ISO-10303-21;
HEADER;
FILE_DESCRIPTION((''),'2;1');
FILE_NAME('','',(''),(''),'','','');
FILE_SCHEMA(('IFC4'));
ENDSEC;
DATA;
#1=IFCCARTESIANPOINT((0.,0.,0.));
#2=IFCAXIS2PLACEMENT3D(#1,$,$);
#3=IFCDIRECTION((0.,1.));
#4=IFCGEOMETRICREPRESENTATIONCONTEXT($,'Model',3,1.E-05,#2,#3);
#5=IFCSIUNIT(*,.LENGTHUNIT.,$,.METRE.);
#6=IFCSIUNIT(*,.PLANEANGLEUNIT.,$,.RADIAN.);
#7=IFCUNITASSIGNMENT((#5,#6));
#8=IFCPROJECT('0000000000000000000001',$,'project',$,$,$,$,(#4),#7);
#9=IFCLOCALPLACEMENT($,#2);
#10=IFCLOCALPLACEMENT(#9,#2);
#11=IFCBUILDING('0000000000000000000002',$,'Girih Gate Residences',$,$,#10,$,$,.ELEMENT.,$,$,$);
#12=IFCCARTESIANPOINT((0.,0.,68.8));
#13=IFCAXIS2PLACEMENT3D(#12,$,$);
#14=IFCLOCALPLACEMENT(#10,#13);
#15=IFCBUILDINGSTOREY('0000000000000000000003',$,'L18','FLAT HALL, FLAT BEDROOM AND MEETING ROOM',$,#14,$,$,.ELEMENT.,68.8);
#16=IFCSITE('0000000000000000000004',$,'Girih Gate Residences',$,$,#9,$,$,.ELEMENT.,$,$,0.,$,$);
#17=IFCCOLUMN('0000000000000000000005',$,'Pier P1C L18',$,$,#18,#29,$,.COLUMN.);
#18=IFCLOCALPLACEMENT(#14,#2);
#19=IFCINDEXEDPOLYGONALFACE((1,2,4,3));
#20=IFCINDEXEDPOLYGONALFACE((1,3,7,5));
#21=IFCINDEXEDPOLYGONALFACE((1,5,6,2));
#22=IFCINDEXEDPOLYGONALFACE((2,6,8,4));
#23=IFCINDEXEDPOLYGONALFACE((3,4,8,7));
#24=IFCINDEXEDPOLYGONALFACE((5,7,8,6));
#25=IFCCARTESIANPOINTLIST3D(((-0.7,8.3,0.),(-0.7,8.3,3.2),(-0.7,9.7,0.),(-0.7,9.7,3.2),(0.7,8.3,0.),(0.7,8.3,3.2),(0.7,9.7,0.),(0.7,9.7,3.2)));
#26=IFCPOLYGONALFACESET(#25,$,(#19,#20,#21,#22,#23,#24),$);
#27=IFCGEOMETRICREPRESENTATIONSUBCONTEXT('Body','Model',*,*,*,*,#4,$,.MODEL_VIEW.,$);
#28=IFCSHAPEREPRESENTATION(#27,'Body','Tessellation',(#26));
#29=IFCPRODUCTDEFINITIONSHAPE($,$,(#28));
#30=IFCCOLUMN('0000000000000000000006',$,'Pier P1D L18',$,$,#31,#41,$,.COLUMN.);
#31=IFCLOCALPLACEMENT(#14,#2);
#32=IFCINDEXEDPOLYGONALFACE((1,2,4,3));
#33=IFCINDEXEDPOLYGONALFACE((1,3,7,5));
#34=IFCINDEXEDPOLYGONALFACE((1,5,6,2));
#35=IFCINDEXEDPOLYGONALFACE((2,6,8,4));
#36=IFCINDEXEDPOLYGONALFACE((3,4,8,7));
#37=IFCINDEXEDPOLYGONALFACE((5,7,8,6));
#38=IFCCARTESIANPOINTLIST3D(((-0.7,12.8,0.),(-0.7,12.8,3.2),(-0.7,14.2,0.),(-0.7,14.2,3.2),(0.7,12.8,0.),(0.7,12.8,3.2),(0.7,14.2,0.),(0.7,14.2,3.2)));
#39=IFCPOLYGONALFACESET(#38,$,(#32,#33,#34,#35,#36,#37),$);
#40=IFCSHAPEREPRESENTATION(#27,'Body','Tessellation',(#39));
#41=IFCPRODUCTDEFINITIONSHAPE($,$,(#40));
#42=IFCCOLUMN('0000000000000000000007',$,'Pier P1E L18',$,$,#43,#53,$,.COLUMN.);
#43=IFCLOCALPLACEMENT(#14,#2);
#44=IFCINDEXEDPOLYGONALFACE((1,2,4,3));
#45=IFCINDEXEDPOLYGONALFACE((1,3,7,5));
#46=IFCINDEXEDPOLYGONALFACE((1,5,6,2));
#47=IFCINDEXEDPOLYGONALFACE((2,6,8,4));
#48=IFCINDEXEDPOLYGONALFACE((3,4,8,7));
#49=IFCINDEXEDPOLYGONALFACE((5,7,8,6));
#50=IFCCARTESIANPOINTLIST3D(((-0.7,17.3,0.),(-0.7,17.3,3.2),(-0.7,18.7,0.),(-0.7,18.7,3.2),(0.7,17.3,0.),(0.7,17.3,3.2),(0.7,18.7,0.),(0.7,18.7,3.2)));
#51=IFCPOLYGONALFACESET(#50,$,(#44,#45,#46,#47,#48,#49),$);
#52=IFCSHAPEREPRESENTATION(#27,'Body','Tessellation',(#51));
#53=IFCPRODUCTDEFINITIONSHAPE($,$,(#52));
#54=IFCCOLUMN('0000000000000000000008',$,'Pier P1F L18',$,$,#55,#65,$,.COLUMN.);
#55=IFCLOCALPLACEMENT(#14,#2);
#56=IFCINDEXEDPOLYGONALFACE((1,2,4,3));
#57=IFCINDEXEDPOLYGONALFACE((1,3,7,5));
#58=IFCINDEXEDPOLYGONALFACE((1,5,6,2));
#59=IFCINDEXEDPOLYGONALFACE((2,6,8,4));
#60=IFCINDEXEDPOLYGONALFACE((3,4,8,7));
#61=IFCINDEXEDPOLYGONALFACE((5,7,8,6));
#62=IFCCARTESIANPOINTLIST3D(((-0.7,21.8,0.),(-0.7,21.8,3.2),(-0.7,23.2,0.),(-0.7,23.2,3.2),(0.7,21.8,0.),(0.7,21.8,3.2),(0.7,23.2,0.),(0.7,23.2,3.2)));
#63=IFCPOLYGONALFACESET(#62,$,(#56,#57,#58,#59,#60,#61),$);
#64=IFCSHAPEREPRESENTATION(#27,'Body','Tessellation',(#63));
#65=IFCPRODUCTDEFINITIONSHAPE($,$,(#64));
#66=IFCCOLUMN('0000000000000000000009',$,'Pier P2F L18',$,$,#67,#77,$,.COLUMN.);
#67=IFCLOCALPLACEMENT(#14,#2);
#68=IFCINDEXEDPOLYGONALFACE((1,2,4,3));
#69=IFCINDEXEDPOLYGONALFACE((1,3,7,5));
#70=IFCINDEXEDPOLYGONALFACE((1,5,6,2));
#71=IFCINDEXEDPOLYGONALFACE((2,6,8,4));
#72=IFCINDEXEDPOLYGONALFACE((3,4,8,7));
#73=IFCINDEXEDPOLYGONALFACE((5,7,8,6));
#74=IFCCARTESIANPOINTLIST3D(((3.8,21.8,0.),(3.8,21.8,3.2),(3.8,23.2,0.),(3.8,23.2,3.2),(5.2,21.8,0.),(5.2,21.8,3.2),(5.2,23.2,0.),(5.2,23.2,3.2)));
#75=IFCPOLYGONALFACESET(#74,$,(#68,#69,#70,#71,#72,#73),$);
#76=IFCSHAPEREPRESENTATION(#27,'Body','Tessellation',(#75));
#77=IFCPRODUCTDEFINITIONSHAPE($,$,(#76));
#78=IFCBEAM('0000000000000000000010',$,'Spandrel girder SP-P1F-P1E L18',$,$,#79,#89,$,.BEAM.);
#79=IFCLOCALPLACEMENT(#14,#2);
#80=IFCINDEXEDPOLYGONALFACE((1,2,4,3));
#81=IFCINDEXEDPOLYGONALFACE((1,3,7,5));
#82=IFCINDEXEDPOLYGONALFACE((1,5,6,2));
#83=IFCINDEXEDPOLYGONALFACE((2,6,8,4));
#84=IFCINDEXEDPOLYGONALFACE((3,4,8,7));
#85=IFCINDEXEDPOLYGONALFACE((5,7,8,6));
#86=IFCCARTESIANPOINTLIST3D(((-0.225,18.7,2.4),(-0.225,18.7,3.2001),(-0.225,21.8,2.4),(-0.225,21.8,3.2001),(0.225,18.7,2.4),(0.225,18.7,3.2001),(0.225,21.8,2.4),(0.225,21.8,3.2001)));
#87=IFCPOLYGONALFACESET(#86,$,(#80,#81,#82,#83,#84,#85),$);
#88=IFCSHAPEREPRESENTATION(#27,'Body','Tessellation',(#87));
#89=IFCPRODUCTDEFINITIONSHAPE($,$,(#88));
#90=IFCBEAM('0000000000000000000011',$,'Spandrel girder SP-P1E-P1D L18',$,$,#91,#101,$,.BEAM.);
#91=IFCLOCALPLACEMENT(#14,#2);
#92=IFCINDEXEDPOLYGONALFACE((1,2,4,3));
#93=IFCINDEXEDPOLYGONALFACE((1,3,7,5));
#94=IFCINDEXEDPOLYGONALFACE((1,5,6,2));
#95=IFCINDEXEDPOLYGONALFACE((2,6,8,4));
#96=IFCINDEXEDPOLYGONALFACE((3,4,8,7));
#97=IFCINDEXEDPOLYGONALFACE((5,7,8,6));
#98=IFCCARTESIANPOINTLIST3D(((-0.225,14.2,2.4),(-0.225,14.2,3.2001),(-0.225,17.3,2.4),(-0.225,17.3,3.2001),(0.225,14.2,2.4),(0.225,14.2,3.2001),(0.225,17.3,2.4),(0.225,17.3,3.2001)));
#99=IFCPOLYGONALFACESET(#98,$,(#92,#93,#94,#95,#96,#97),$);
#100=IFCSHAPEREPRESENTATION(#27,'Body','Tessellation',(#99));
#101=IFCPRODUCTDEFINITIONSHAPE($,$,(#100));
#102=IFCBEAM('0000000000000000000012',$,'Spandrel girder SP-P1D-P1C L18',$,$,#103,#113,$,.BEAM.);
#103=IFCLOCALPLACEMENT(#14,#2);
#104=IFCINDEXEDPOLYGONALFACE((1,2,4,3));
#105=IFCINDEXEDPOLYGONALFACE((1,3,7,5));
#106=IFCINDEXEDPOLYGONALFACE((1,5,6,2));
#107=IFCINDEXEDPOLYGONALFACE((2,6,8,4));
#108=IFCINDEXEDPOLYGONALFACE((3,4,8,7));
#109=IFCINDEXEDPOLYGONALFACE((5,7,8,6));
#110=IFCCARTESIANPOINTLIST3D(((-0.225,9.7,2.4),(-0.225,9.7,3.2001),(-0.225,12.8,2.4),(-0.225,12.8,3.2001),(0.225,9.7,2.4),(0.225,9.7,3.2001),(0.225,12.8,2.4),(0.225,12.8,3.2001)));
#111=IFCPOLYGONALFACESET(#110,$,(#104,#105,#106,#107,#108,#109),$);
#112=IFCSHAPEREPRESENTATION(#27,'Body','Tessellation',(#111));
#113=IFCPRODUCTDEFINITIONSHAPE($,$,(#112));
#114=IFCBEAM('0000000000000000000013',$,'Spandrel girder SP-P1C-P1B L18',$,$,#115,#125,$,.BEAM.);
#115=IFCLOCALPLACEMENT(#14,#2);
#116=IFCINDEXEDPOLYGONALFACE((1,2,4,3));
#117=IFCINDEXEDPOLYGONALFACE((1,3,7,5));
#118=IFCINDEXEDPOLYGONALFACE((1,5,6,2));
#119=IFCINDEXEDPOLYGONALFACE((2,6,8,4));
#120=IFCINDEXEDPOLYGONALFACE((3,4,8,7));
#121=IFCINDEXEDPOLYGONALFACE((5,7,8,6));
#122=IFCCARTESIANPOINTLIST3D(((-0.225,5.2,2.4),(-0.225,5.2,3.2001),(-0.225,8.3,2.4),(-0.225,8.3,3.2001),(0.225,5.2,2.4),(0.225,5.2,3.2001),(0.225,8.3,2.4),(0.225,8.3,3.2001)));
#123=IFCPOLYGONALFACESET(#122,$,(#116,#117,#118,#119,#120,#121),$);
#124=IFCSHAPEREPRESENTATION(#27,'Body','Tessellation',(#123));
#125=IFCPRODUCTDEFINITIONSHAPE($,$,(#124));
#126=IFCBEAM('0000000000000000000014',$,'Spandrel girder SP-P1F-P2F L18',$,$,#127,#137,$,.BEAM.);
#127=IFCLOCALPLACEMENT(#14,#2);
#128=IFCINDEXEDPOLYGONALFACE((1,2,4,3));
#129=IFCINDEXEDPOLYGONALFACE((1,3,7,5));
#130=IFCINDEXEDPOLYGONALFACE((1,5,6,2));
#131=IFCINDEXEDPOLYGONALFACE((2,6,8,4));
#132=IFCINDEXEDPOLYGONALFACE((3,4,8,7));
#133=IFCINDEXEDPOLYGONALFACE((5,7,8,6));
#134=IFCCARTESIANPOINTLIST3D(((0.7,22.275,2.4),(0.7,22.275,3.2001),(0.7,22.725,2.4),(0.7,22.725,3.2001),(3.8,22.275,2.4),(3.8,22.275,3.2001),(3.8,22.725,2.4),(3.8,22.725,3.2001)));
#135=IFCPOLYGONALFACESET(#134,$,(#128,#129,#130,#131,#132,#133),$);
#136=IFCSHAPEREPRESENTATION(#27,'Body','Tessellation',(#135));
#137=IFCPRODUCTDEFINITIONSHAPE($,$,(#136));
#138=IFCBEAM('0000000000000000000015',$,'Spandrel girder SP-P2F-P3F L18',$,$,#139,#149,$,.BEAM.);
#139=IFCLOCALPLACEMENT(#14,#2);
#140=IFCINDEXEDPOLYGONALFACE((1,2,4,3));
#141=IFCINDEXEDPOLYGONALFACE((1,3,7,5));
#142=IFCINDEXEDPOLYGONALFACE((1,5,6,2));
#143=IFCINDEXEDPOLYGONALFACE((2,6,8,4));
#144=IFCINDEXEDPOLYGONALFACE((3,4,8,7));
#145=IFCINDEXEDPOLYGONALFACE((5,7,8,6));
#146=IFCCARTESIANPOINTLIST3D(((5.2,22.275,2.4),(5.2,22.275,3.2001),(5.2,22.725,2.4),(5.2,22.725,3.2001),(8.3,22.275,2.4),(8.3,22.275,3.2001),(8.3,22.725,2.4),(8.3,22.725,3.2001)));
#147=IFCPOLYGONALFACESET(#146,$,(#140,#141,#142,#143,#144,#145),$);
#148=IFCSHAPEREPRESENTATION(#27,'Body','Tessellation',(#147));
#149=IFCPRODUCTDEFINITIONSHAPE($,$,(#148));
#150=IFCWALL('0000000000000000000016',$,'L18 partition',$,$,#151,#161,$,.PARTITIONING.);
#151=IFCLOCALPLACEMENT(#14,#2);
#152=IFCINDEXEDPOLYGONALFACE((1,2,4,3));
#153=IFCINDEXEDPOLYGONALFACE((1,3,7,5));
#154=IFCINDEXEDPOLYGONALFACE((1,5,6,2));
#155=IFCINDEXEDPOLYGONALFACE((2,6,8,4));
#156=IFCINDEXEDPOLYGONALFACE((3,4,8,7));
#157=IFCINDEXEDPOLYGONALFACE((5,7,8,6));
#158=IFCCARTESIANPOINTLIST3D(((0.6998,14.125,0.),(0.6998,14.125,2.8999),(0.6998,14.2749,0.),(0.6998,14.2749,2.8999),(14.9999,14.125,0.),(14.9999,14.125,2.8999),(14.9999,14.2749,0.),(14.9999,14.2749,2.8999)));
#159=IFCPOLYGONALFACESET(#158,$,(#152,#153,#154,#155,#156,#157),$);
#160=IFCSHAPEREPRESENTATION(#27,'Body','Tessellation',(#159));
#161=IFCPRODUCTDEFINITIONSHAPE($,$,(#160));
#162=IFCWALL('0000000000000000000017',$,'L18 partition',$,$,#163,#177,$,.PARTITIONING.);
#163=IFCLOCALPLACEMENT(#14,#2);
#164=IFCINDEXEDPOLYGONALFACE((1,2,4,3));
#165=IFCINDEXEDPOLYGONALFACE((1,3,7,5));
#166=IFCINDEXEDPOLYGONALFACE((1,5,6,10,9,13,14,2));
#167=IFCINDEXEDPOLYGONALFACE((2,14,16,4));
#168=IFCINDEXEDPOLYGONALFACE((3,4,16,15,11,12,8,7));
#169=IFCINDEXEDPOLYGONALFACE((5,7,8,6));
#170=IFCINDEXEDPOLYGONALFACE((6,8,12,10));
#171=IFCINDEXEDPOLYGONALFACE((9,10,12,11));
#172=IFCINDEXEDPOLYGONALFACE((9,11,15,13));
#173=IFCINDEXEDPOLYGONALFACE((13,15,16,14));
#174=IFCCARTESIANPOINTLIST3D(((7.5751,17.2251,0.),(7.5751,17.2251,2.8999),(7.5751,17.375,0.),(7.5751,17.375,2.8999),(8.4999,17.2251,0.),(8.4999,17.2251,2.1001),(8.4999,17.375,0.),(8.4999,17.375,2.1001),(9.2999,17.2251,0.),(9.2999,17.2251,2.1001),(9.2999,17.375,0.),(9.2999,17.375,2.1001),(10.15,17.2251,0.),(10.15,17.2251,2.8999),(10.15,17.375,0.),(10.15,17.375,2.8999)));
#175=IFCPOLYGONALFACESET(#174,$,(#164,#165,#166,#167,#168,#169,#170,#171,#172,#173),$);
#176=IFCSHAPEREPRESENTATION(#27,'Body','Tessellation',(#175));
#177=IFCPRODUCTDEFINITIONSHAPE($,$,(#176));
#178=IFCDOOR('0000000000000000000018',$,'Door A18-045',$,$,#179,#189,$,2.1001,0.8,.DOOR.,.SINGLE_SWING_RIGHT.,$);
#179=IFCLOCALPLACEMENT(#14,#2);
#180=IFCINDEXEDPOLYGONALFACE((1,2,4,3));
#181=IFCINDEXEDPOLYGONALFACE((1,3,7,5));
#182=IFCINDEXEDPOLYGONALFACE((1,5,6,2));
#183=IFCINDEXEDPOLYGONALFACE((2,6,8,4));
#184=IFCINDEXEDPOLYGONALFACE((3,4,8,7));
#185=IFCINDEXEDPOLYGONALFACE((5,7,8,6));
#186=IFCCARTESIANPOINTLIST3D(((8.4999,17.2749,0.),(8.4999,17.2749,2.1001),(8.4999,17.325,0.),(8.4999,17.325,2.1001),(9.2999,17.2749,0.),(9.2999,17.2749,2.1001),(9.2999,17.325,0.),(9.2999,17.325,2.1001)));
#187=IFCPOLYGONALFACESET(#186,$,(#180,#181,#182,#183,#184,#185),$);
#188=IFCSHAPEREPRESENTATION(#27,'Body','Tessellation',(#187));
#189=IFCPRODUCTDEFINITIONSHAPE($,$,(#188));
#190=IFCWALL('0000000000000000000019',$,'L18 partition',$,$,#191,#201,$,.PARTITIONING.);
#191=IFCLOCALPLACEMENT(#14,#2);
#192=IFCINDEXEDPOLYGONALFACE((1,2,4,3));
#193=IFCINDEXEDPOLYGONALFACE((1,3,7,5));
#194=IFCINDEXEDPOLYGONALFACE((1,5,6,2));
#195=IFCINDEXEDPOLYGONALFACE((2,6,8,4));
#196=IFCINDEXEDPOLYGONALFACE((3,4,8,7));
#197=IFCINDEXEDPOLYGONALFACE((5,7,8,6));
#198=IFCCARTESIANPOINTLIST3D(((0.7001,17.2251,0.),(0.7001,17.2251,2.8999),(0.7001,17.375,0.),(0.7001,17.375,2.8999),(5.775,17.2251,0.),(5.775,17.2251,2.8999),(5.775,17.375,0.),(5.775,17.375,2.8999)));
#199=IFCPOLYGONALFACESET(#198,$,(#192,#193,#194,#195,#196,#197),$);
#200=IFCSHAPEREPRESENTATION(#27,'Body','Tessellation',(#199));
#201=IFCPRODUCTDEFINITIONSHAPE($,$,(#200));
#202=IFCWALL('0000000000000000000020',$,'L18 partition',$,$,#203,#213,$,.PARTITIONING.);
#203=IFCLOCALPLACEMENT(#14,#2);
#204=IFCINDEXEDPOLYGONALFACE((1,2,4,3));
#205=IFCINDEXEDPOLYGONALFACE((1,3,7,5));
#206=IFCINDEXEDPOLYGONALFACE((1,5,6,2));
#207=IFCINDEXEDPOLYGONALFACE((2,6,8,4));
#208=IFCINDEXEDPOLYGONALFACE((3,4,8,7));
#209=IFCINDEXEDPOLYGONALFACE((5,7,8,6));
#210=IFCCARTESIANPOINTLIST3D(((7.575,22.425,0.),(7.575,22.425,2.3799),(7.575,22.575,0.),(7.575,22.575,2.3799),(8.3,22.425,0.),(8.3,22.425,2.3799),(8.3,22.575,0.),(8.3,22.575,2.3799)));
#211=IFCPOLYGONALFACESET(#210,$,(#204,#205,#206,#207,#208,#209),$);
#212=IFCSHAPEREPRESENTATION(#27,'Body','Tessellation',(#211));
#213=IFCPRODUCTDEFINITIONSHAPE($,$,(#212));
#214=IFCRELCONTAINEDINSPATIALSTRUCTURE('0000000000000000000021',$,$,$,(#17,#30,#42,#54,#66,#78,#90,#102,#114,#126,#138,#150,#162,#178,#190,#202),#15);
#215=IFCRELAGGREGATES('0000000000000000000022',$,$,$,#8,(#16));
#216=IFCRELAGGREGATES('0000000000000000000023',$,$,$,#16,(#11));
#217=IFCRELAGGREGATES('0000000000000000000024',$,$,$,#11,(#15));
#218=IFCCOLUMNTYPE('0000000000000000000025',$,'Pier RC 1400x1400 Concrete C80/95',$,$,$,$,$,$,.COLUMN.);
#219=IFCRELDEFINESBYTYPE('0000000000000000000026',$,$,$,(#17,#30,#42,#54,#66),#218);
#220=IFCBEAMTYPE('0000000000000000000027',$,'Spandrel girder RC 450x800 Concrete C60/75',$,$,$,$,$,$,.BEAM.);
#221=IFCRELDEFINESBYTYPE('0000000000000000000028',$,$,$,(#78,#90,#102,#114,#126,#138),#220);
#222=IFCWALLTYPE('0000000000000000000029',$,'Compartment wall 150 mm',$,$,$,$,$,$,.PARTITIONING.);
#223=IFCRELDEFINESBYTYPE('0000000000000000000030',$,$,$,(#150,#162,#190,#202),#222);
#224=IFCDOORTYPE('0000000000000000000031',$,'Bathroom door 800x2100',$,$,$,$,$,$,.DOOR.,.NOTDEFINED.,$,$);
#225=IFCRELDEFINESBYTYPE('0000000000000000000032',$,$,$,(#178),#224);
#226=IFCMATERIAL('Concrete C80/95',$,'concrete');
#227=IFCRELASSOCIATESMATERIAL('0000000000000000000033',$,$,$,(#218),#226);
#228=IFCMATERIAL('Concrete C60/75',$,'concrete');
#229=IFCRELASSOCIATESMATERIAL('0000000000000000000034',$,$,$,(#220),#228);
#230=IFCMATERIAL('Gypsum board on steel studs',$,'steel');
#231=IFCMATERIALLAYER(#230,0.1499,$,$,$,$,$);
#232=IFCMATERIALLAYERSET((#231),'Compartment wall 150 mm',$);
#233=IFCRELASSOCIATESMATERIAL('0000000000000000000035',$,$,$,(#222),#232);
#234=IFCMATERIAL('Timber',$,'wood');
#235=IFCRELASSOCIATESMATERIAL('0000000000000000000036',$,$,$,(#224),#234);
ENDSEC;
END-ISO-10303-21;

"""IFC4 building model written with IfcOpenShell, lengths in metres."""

from ifc_helpers import new_model, si_unit, direction, frame, frame_2d, origin, origin_2d, place, context, subcontext, project, spatial, rectangle, extrude, material, layer, layer_set, material_profile, profile_set, type_object, element, fill, save


model = new_model("IFC4")

# Units and contexts
model_context = context("Model", 3, precision=1e-05, world=origin(), true_north=direction((0.0, 1.0)))
body_context = subcontext(model_context, "Body", "Model", "MODEL_VIEW")
ifc_project = project(units=[si_unit("LENGTHUNIT", "METRE"), si_unit("PLANEANGLEUNIT", "RADIAN")], contexts=[model_context])

# Site, building, storey
site_placement = place(None, origin())
site = spatial("IfcSite", under=ifc_project, at=site_placement, Name="Girih Gate Residences", CompositionType="ELEMENT", RefElevation=0.0)
building_placement = place(site_placement, origin())
building = spatial("IfcBuilding", under=site, at=building_placement, Name="Girih Gate Residences", CompositionType="ELEMENT")
storey_placement = place(building_placement, frame((0.0, 0.0, 68.8)))
storey = spatial("IfcBuildingStorey", under=building, at=storey_placement, Name="L18", Description="FLAT HALL, FLAT BEDROOM AND MEETING ROOM", CompositionType="ELEMENT", Elevation=68.8)

# Columns
ifc_material_1 = material(Name="Concrete C80/95", Category="concrete")
ifc_material_profile_1 = material_profile(ifc_material_1, rectangle(XDim=1.3999, YDim=1.3999, at=origin_2d()))
ifc_profile_set_1 = profile_set([ifc_material_profile_1], Name="Concrete C80/95")
column_type = type_object("IfcColumnType", Name="Pier RC 1400x1400 Concrete C80/95", PredefinedType="COLUMN", material=ifc_profile_set_1)
for number, where, z_axis, x_axis, name in (
    (1, (0.0, 9.0, 0.0), (0.0, 0.0, 1.0), (1.0, 0.0, 0.0), "Pier P1C L18"),
    (2, (0.0, 13.5, 0.0), (0.0, 0.0, 1.0), (1.0, 0.0, 0.0), "Pier P1D L18"),
    (3, (0.0, 18.0, 0.0), (0.0, 0.0, 1.0), (1.0, 0.0, 0.0), "Pier P1E L18"),
    (4, (0.0, 22.5, 0.0), (0.0, 0.0, 1.0), (1.0, 0.0, 0.0), "Pier P1F L18"),
    (5, (4.5, 22.5, 0.0), (0.0, 0.0, 1.0), (1.0, 0.0, 0.0), "Pier P2F L18"),
):
    element("IfcColumn", number, at=place(storey_placement, frame(where, z_axis=z_axis, x_axis=x_axis)), inside=storey, type_object=column_type, Name=name, PredefinedType="COLUMN", context=body_context, shape_type="SweptSolid", body=[
        extrude(rectangle(XDim=1.3999, YDim=1.3999, at=origin_2d()), origin(), (0.0, 0.0, 1.0), 3.2),
    ])

# Beams
ifc_material_2 = material(Name="Concrete C60/75", Category="concrete")
ifc_material_profile_2 = material_profile(ifc_material_2, rectangle(XDim=0.45, YDim=0.8, at=origin_2d()))
ifc_profile_set_2 = profile_set([ifc_material_profile_2], Name="Concrete C60/75")
beam_type = type_object("IfcBeamType", Name="Spandrel girder RC 450x800 Concrete C60/75", PredefinedType="BEAM", material=ifc_profile_set_2)
for number, where, z_axis, x_axis, name in (
    (6, (0.0, 21.8, 2.8), (0.0, -1.0, 0.0), (1.0, 0.0, 0.0), "Spandrel girder SP-P1F-P1E L18"),
    (7, (0.0, 17.3, 2.8), (0.0, -1.0, 0.0), (1.0, 0.0, 0.0), "Spandrel girder SP-P1E-P1D L18"),
    (8, (0.0, 12.8, 2.8), (0.0, -1.0, 0.0), (1.0, 0.0, 0.0), "Spandrel girder SP-P1D-P1C L18"),
    (9, (0.0, 8.3, 2.8), (0.0, -1.0, 0.0), (1.0, 0.0, 0.0), "Spandrel girder SP-P1C-P1B L18"),
    (10, (0.7, 22.5, 2.8), (1.0, 0.0, 0.0), (0.0, 1.0, 0.0), "Spandrel girder SP-P1F-P2F L18"),
    (11, (5.2, 22.5, 2.8), (1.0, 0.0, 0.0), (0.0, 1.0, 0.0), "Spandrel girder SP-P2F-P3F L18"),
):
    element("IfcBeam", number, at=place(storey_placement, frame(where, z_axis=z_axis, x_axis=x_axis)), inside=storey, type_object=beam_type, Name=name, PredefinedType="BEAM", context=body_context, shape_type="SweptSolid", body=[
        extrude(rectangle(XDim=0.45, YDim=0.8, at=origin_2d()), origin(), (0.0, 0.0, 1.0), 3.1001),
    ])

# Wall
ifc_material_3 = material(Name="Gypsum board on steel studs", Category="steel")
ifc_layer_1 = layer(ifc_material_3, 0.1499)
ifc_layer_set_1 = layer_set([ifc_layer_1], Name="Compartment wall 150 mm")
wall_type_1 = type_object("IfcWallType", Name="Compartment wall 150 mm", PredefinedType="PARTITIONING", material=ifc_layer_set_1)
wall_1_placement = place(storey_placement, frame((0.7, 14.2, 0.0), z_axis=(0.0, 0.0, 1.0), x_axis=(1.0, 0.0, 0.0)))
element("IfcWall", 12, at=wall_1_placement, inside=storey, type_object=wall_type_1, Name="L18 partition", PredefinedType="PARTITIONING", context=body_context, shape_type="SweptSolid", body=[
    extrude(rectangle(XDim=14.3, YDim=0.1499, at=frame_2d((7.1499, 0.0))), origin(), (0.0, 0.0, 1.0), 2.8999),
])

# Wall, opening, door
wall_2_placement = place(storey_placement, frame((7.575, 17.3, 0.0), z_axis=(0.0, 0.0, 1.0), x_axis=(1.0, 0.0, 0.0)))
wall_2 = element("IfcWall", 13, at=wall_2_placement, inside=storey, type_object=wall_type_1, Name="L18 partition", PredefinedType="PARTITIONING", context=body_context, shape_type="SweptSolid", body=[
    extrude(rectangle(XDim=2.575, YDim=0.1499, at=frame_2d((1.2876, 0.0))), origin(), (0.0, 0.0, 1.0), 2.8999),
])
opening_1_placement = place(wall_2_placement, frame((0.925, 0.0, 0.0)))
opening_1 = element("IfcOpeningElement", 14, at=opening_1_placement, cuts=wall_2, PredefinedType="OPENING", context=body_context, shape_type="SweptSolid", body=[
    extrude(rectangle(XDim=0.8, YDim=2.1001, at=frame_2d((0.3999, 1.05))), frame((0.0, 0.085, 0.0), z_axis=(0.0, -1.0, 0.0), x_axis=(1.0, 0.0, 0.0)), (0.0, 0.0, 1.0), 0.1699),
])
ifc_material_4 = material(Name="Timber", Category="wood")
door_type_1 = type_object("IfcDoorType", Name="Bathroom door 800x2100", OperationType="NOTDEFINED", PredefinedType="DOOR", material=ifc_material_4)
door_1_placement = place(opening_1_placement, origin())
door_1 = element("IfcDoor", 15, at=door_1_placement, inside=storey, type_object=door_type_1, Name="Door A18-045", OperationType="SINGLE_SWING_RIGHT", OverallHeight=2.1001, OverallWidth=0.8, PredefinedType="DOOR", context=body_context, shape_type="SweptSolid", body=[
    extrude(rectangle(XDim=0.8, YDim=2.1001, at=frame_2d((0.3999, 1.05))), frame((0.0, 0.0249, 0.0), z_axis=(0.0, -1.0, 0.0), x_axis=(1.0, 0.0, 0.0)), (0.0, 0.0, 1.0), 0.05),
])
fill(opening_1, door_1)

# Walls
wall_3_placement = place(storey_placement, frame((0.7, 17.3, 0.0), z_axis=(0.0, 0.0, 1.0), x_axis=(1.0, 0.0, 0.0)))
element("IfcWall", 16, at=wall_3_placement, inside=storey, type_object=wall_type_1, Name="L18 partition", PredefinedType="PARTITIONING", context=body_context, shape_type="SweptSolid", body=[
    extrude(rectangle(XDim=5.075, YDim=0.1499, at=frame_2d((2.5376, 0.0))), origin(), (0.0, 0.0, 1.0), 2.8999),
])
wall_4_placement = place(storey_placement, frame((7.575, 22.5, 0.0), z_axis=(0.0, 0.0, 1.0), x_axis=(1.0, 0.0, 0.0)))
element("IfcWall", 17, at=wall_4_placement, inside=storey, type_object=wall_type_1, Name="L18 partition", PredefinedType="PARTITIONING", context=body_context, shape_type="SweptSolid", body=[
    extrude(rectangle(XDim=0.7251, YDim=0.1499, at=frame_2d((0.3625, 0.0))), origin(), (0.0, 0.0, 1.0), 2.3799),
])

save(model, "model.ifc")
